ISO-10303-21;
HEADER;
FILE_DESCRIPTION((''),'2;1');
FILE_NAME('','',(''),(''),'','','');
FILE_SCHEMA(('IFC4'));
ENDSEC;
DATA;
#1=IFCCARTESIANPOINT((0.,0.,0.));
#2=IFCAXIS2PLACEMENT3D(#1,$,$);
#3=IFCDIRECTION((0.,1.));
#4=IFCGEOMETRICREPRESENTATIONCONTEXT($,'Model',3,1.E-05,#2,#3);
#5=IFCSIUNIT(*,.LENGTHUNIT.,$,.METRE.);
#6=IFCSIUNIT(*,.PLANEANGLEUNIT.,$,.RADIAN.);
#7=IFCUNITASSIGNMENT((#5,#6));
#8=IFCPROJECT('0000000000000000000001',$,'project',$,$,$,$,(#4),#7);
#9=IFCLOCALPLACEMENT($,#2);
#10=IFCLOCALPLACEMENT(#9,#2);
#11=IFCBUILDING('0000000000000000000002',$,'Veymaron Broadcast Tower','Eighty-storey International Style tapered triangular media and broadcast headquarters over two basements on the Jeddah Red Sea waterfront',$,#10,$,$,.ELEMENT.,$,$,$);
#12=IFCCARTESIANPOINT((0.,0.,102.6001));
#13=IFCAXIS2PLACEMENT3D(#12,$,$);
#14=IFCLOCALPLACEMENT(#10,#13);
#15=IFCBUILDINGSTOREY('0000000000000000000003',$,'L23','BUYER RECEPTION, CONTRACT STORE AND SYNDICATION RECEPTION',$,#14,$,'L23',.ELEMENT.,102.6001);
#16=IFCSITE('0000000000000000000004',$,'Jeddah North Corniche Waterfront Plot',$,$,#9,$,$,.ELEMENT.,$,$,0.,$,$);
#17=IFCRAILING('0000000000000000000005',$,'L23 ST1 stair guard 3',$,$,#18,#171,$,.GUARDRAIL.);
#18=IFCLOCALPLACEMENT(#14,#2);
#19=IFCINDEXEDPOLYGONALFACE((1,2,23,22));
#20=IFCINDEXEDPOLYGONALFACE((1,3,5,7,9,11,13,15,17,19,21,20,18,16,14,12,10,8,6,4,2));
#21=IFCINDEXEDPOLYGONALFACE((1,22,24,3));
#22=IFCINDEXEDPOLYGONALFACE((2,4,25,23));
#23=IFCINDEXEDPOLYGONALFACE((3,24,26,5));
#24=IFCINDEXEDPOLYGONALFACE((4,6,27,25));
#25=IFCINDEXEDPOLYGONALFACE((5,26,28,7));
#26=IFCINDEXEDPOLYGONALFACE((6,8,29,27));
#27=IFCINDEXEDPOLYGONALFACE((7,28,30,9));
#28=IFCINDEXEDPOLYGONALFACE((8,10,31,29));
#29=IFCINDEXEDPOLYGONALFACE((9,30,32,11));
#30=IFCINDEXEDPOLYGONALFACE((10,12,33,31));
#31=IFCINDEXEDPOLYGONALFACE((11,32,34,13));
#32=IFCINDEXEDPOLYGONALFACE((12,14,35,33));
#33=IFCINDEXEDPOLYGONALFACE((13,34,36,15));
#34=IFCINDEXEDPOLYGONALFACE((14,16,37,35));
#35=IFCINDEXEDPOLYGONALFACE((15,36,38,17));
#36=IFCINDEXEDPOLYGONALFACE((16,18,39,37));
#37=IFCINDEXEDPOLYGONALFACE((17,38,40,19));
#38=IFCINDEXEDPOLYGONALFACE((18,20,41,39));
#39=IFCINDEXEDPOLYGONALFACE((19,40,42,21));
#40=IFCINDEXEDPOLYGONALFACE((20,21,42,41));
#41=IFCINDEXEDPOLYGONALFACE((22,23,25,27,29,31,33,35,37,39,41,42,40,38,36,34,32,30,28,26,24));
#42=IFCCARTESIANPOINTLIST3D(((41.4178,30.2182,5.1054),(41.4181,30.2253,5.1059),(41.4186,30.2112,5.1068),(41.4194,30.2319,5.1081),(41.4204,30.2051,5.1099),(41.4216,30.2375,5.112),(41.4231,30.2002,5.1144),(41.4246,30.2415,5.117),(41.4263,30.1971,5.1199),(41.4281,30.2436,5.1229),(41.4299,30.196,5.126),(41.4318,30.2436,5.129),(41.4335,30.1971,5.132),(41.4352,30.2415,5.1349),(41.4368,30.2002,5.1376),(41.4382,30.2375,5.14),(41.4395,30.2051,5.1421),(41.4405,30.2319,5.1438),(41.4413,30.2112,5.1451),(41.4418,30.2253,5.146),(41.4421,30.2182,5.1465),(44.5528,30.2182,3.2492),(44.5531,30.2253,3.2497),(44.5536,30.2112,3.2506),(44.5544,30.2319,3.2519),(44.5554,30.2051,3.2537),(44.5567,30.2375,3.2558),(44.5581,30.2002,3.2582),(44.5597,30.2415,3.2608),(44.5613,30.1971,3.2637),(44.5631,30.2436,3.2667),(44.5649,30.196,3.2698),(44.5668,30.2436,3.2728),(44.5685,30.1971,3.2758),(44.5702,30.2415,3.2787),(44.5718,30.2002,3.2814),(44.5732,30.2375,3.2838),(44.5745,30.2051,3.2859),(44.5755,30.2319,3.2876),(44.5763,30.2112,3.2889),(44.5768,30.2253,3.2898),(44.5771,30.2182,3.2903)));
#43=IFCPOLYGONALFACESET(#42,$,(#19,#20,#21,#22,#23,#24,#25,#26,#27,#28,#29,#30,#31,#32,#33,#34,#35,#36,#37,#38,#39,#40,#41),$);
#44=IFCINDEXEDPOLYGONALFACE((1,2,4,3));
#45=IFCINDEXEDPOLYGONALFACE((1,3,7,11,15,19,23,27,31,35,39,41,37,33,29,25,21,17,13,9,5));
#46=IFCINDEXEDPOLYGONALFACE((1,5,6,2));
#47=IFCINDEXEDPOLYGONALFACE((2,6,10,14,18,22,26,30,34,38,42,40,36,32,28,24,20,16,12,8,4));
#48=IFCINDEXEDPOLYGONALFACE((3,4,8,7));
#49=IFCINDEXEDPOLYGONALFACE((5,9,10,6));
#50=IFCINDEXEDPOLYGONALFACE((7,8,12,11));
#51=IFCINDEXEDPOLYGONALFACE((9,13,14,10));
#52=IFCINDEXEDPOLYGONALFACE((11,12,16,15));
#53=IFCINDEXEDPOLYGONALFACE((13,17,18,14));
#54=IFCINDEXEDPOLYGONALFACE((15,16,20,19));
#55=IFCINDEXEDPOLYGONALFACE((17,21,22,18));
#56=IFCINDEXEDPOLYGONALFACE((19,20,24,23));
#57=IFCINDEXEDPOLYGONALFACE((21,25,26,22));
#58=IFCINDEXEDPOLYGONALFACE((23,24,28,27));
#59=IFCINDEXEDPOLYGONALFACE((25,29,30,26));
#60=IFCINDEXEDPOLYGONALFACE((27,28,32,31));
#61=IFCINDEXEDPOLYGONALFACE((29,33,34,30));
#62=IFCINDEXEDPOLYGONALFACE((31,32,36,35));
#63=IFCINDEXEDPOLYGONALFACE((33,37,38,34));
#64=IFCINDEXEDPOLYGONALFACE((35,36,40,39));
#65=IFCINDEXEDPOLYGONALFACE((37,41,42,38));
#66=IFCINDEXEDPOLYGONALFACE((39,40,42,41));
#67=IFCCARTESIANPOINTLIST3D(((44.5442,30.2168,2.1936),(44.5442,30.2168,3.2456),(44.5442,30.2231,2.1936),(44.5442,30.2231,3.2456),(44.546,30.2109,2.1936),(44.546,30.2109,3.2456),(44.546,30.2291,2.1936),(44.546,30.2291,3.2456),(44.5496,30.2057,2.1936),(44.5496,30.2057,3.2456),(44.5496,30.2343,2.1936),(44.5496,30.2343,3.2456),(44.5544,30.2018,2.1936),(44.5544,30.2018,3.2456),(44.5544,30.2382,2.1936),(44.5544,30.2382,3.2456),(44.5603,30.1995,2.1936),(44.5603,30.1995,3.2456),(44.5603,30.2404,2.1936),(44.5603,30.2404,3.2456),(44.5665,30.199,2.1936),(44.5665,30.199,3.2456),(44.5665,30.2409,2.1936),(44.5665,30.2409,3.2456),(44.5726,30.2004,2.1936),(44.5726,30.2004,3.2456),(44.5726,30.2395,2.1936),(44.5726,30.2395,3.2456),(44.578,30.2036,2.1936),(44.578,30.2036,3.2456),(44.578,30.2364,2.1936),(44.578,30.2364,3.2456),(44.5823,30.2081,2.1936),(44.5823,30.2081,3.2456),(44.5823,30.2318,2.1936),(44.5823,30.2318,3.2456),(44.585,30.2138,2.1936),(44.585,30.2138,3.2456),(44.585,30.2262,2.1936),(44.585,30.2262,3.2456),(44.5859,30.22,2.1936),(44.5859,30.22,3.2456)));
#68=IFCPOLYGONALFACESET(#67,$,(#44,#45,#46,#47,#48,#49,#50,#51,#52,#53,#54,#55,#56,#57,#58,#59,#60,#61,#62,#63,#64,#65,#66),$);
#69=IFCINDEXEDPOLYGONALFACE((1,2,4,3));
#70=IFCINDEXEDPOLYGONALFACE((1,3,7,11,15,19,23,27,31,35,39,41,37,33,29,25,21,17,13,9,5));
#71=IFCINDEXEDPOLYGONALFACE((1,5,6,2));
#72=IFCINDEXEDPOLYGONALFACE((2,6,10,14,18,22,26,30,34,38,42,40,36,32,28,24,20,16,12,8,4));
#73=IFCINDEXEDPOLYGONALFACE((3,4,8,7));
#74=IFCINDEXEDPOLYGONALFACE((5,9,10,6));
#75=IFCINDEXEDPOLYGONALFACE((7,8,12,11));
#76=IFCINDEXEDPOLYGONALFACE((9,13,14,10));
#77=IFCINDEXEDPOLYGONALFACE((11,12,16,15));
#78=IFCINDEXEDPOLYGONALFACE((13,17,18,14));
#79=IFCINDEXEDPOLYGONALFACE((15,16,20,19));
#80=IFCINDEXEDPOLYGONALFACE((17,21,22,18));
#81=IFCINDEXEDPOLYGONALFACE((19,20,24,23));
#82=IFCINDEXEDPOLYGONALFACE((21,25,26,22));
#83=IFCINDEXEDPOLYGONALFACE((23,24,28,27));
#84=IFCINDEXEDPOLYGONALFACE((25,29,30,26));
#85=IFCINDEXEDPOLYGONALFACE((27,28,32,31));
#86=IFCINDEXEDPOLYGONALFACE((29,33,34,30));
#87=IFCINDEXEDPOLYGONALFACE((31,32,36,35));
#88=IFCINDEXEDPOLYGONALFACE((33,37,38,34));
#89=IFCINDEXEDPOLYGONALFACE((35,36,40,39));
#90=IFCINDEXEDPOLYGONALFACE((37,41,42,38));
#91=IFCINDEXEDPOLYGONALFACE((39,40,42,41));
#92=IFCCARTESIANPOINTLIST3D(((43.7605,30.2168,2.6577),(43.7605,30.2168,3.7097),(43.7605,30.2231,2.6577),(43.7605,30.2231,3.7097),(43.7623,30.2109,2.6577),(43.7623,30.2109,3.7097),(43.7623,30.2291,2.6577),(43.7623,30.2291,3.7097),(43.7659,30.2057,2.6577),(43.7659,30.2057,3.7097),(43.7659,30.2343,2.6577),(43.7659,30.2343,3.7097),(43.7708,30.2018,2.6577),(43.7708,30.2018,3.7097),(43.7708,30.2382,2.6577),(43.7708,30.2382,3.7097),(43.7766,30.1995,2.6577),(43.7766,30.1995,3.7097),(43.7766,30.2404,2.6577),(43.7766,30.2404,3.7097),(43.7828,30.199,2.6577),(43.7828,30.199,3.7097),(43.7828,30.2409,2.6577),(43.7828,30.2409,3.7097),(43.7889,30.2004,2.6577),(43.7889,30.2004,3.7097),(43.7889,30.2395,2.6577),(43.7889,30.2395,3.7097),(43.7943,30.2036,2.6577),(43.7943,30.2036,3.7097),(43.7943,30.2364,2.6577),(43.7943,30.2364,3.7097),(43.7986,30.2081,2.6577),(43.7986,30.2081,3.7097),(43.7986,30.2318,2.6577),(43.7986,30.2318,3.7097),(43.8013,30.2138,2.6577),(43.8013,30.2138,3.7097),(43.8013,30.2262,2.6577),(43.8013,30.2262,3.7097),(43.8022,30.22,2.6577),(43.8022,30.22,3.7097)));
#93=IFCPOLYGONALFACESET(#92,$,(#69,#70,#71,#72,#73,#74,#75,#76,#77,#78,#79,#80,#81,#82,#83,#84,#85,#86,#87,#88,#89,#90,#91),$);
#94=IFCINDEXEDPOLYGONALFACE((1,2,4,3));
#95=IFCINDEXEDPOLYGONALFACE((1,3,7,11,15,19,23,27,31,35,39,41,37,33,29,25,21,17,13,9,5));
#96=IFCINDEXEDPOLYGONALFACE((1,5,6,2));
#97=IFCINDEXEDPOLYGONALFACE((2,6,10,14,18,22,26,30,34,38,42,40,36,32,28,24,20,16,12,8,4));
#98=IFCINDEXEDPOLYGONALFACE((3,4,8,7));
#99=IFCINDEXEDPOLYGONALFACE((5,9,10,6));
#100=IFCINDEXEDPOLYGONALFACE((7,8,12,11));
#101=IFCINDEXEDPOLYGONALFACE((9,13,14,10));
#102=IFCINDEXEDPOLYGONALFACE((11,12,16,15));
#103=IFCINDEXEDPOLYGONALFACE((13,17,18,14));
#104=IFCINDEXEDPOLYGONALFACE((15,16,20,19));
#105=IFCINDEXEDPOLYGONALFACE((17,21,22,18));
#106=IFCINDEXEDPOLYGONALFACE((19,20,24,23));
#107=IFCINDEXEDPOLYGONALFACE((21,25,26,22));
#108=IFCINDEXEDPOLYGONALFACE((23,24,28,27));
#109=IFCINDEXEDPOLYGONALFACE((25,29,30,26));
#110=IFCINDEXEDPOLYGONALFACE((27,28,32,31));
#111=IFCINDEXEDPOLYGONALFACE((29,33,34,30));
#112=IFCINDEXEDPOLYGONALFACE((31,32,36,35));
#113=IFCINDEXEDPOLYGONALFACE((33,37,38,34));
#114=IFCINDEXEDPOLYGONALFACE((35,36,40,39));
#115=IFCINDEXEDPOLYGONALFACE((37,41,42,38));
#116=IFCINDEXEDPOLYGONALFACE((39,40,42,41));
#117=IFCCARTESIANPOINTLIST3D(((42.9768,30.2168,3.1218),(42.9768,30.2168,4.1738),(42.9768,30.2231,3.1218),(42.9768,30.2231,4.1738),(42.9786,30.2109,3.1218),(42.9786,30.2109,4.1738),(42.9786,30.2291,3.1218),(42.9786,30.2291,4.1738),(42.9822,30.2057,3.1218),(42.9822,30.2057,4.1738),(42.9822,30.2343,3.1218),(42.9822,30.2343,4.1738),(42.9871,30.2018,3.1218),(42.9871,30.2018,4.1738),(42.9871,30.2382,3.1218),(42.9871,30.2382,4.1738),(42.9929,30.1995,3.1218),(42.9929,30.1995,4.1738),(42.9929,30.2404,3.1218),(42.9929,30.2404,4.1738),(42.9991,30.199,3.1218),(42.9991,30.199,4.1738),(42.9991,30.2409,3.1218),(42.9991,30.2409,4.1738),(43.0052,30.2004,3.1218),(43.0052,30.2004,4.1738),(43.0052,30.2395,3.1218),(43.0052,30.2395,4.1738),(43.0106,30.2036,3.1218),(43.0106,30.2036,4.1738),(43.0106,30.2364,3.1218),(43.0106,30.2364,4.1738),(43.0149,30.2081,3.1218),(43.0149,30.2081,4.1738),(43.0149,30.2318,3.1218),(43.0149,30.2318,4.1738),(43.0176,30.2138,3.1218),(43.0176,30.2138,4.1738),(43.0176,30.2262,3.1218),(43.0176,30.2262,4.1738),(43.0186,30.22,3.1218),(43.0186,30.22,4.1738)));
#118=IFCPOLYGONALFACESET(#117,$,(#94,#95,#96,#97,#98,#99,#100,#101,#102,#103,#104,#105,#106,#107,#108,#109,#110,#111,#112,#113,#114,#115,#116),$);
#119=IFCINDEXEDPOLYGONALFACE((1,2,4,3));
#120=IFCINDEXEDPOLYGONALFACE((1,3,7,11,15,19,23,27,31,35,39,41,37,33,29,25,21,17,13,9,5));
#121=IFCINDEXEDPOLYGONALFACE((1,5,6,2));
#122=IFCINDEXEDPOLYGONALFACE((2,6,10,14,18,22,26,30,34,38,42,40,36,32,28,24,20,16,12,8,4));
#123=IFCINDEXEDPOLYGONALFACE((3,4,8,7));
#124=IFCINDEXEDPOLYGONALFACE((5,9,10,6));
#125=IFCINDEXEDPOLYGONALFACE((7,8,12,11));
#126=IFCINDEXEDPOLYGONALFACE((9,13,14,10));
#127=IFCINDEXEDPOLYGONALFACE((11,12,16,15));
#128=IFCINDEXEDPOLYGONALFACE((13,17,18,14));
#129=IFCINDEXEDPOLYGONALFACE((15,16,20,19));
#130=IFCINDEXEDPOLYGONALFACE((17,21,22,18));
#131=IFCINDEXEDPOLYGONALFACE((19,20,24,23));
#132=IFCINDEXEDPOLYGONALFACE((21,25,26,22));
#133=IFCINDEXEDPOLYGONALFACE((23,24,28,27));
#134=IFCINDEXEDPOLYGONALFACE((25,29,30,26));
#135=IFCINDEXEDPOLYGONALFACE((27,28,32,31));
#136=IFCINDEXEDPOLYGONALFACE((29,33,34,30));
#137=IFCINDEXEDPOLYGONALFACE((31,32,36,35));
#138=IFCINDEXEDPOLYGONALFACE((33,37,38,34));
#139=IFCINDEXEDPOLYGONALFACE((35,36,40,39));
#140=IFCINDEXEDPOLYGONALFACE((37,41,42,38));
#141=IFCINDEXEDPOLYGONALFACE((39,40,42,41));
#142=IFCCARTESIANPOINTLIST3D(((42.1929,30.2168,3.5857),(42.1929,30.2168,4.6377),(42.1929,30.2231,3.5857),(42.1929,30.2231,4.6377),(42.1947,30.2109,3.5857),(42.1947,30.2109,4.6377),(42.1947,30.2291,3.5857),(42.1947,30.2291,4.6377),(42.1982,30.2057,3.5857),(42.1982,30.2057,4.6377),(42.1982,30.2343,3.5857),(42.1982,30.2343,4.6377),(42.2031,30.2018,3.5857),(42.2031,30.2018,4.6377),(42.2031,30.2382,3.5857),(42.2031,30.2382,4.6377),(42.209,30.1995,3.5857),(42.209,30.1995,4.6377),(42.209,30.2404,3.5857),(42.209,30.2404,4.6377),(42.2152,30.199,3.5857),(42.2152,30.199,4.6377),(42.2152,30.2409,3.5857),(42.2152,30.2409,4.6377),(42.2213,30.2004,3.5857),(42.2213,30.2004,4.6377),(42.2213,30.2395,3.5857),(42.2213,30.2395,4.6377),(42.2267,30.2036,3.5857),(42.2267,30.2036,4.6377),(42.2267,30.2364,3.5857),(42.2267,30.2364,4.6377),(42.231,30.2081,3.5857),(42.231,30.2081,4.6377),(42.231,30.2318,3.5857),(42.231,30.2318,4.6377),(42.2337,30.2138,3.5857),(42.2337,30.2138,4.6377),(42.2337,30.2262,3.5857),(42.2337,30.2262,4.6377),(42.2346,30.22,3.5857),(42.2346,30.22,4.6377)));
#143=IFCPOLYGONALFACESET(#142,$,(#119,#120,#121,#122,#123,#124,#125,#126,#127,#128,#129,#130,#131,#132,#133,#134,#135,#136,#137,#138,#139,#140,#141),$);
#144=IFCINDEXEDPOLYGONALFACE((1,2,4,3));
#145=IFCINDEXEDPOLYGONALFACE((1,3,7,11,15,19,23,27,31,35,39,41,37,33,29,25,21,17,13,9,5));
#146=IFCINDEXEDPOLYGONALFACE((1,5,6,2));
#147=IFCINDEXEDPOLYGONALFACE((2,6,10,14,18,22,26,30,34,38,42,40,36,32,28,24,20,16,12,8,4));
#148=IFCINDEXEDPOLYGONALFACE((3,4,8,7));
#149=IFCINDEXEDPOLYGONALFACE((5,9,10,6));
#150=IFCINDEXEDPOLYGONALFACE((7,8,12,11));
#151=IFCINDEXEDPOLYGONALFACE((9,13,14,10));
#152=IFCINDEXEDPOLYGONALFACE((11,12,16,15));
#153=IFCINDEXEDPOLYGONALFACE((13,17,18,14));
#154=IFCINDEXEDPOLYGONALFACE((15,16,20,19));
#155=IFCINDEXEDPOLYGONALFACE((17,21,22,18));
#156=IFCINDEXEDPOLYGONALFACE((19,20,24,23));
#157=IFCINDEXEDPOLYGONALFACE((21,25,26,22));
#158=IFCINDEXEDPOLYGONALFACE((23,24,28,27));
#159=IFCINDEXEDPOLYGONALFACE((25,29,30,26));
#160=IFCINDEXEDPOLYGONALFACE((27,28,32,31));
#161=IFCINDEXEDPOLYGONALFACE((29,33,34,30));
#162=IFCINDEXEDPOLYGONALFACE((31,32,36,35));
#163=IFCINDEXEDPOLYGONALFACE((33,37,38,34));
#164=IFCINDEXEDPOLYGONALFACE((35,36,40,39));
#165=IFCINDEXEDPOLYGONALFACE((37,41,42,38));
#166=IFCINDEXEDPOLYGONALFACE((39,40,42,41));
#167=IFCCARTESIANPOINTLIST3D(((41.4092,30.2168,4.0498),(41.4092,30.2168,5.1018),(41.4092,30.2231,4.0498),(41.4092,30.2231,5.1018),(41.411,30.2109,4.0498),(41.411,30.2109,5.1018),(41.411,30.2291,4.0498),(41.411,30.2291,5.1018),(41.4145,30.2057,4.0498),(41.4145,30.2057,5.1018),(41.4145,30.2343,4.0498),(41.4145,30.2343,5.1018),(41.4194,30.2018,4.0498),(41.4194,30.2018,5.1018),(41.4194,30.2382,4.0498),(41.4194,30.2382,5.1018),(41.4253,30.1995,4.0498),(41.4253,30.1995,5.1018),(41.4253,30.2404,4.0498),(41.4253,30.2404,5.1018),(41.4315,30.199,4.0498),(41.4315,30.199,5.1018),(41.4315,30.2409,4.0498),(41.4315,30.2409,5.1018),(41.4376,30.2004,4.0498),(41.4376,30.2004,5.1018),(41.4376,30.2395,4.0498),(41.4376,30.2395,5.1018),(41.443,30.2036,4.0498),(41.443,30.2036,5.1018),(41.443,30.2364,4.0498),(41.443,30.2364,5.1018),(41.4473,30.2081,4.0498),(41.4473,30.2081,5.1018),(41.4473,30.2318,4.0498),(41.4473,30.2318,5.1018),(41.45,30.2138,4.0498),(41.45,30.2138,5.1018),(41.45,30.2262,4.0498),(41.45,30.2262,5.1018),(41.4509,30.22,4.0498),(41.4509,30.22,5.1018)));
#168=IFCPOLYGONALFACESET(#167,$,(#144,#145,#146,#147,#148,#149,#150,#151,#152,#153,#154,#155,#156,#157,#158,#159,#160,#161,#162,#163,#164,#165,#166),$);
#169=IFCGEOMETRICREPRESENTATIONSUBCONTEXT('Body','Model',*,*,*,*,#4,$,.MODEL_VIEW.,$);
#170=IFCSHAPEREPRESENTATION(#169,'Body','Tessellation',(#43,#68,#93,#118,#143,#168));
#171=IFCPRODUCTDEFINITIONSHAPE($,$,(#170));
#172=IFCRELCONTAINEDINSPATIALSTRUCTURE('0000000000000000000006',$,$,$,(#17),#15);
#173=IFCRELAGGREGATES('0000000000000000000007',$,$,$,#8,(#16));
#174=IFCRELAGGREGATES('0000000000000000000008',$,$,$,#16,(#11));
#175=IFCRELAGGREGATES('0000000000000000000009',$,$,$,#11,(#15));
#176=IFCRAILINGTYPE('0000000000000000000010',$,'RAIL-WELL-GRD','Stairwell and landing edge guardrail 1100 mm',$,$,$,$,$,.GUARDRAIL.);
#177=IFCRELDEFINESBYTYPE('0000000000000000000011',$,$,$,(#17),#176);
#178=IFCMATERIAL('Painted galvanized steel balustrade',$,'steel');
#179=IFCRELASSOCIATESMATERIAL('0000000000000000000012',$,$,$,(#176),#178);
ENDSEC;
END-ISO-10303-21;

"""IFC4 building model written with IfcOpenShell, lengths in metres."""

from ifc_helpers import new_model, si_unit, direction, frame, origin, origin_2d, place, context, subcontext, project, spatial, circle, extrude, material, type_object, element, save


model = new_model("IFC4")

# Units and contexts
model_context = context("Model", 3, precision=1e-05, world=origin(), true_north=direction((0.0, 1.0)))
body_context = subcontext(model_context, "Body", "Model", "MODEL_VIEW")
ifc_project = project(units=[si_unit("LENGTHUNIT", "METRE"), si_unit("PLANEANGLEUNIT", "RADIAN")], contexts=[model_context])

# Site, building, storey
site_placement = place(None, origin())
site = spatial("IfcSite", under=ifc_project, at=site_placement, Name="Jeddah North Corniche Waterfront Plot", CompositionType="ELEMENT", RefElevation=0.0)
building_placement = place(site_placement, origin())
building = spatial("IfcBuilding", under=site, at=building_placement, Name="Veymaron Broadcast Tower", Description="Eighty-storey International Style tapered triangular media and broadcast headquarters over two basements on the Jeddah Red Sea waterfront", CompositionType="ELEMENT")
storey_placement = place(building_placement, frame((0.0, 0.0, 102.6001)))
storey = spatial("IfcBuildingStorey", under=building, at=storey_placement, Name="L23", Description="BUYER RECEPTION, CONTRACT STORE AND SYNDICATION RECEPTION", LongName="L23", CompositionType="ELEMENT", Elevation=102.6001)

# Railing
ifc_material_1 = material(Name="Painted galvanized steel balustrade", Category="steel")
railing_type_1 = type_object("IfcRailingType", Name="RAIL-WELL-GRD", Description="Stairwell and landing edge guardrail 1100 mm", PredefinedType="GUARDRAIL", material=ifc_material_1)
railing_1_placement = place(storey_placement, frame((44.5649, 30.22, 2.1936)))
element("IfcRailing", 1, at=railing_1_placement, inside=storey, type_object=railing_type_1, Name="L23 ST1 stair guard 3", PredefinedType="GUARDRAIL", context=body_context, shape_type="SweptSolid", body=[
    extrude(circle(Radius=0.0239, at=origin_2d()), frame((0.0, 0.0, 1.0762), z_axis=(-0.860482, 0.0, 0.509481), x_axis=(0.0, -1.0, 0.0)), (0.0, 0.0, 1.0), 3.6433),
    extrude(circle(Radius=0.021, at=origin_2d()), origin(), (0.0, 0.0, 1.0), 1.052),
    extrude(circle(Radius=0.021, at=origin_2d()), frame((-0.7837, 0.0, 0.4641)), (0.0, 0.0, 1.0), 1.052),
    extrude(circle(Radius=0.021, at=origin_2d()), frame((-1.5674, 0.0, 0.9282)), (0.0, 0.0, 1.0), 1.052),
    extrude(circle(Radius=0.021, at=origin_2d()), frame((-2.3513, 0.0, 1.3921)), (0.0, 0.0, 1.0), 1.052),
    extrude(circle(Radius=0.021, at=origin_2d()), frame((-3.135, 0.0, 1.8562)), (0.0, 0.0, 1.0), 1.052),
])

save(model, "model.ifc")
